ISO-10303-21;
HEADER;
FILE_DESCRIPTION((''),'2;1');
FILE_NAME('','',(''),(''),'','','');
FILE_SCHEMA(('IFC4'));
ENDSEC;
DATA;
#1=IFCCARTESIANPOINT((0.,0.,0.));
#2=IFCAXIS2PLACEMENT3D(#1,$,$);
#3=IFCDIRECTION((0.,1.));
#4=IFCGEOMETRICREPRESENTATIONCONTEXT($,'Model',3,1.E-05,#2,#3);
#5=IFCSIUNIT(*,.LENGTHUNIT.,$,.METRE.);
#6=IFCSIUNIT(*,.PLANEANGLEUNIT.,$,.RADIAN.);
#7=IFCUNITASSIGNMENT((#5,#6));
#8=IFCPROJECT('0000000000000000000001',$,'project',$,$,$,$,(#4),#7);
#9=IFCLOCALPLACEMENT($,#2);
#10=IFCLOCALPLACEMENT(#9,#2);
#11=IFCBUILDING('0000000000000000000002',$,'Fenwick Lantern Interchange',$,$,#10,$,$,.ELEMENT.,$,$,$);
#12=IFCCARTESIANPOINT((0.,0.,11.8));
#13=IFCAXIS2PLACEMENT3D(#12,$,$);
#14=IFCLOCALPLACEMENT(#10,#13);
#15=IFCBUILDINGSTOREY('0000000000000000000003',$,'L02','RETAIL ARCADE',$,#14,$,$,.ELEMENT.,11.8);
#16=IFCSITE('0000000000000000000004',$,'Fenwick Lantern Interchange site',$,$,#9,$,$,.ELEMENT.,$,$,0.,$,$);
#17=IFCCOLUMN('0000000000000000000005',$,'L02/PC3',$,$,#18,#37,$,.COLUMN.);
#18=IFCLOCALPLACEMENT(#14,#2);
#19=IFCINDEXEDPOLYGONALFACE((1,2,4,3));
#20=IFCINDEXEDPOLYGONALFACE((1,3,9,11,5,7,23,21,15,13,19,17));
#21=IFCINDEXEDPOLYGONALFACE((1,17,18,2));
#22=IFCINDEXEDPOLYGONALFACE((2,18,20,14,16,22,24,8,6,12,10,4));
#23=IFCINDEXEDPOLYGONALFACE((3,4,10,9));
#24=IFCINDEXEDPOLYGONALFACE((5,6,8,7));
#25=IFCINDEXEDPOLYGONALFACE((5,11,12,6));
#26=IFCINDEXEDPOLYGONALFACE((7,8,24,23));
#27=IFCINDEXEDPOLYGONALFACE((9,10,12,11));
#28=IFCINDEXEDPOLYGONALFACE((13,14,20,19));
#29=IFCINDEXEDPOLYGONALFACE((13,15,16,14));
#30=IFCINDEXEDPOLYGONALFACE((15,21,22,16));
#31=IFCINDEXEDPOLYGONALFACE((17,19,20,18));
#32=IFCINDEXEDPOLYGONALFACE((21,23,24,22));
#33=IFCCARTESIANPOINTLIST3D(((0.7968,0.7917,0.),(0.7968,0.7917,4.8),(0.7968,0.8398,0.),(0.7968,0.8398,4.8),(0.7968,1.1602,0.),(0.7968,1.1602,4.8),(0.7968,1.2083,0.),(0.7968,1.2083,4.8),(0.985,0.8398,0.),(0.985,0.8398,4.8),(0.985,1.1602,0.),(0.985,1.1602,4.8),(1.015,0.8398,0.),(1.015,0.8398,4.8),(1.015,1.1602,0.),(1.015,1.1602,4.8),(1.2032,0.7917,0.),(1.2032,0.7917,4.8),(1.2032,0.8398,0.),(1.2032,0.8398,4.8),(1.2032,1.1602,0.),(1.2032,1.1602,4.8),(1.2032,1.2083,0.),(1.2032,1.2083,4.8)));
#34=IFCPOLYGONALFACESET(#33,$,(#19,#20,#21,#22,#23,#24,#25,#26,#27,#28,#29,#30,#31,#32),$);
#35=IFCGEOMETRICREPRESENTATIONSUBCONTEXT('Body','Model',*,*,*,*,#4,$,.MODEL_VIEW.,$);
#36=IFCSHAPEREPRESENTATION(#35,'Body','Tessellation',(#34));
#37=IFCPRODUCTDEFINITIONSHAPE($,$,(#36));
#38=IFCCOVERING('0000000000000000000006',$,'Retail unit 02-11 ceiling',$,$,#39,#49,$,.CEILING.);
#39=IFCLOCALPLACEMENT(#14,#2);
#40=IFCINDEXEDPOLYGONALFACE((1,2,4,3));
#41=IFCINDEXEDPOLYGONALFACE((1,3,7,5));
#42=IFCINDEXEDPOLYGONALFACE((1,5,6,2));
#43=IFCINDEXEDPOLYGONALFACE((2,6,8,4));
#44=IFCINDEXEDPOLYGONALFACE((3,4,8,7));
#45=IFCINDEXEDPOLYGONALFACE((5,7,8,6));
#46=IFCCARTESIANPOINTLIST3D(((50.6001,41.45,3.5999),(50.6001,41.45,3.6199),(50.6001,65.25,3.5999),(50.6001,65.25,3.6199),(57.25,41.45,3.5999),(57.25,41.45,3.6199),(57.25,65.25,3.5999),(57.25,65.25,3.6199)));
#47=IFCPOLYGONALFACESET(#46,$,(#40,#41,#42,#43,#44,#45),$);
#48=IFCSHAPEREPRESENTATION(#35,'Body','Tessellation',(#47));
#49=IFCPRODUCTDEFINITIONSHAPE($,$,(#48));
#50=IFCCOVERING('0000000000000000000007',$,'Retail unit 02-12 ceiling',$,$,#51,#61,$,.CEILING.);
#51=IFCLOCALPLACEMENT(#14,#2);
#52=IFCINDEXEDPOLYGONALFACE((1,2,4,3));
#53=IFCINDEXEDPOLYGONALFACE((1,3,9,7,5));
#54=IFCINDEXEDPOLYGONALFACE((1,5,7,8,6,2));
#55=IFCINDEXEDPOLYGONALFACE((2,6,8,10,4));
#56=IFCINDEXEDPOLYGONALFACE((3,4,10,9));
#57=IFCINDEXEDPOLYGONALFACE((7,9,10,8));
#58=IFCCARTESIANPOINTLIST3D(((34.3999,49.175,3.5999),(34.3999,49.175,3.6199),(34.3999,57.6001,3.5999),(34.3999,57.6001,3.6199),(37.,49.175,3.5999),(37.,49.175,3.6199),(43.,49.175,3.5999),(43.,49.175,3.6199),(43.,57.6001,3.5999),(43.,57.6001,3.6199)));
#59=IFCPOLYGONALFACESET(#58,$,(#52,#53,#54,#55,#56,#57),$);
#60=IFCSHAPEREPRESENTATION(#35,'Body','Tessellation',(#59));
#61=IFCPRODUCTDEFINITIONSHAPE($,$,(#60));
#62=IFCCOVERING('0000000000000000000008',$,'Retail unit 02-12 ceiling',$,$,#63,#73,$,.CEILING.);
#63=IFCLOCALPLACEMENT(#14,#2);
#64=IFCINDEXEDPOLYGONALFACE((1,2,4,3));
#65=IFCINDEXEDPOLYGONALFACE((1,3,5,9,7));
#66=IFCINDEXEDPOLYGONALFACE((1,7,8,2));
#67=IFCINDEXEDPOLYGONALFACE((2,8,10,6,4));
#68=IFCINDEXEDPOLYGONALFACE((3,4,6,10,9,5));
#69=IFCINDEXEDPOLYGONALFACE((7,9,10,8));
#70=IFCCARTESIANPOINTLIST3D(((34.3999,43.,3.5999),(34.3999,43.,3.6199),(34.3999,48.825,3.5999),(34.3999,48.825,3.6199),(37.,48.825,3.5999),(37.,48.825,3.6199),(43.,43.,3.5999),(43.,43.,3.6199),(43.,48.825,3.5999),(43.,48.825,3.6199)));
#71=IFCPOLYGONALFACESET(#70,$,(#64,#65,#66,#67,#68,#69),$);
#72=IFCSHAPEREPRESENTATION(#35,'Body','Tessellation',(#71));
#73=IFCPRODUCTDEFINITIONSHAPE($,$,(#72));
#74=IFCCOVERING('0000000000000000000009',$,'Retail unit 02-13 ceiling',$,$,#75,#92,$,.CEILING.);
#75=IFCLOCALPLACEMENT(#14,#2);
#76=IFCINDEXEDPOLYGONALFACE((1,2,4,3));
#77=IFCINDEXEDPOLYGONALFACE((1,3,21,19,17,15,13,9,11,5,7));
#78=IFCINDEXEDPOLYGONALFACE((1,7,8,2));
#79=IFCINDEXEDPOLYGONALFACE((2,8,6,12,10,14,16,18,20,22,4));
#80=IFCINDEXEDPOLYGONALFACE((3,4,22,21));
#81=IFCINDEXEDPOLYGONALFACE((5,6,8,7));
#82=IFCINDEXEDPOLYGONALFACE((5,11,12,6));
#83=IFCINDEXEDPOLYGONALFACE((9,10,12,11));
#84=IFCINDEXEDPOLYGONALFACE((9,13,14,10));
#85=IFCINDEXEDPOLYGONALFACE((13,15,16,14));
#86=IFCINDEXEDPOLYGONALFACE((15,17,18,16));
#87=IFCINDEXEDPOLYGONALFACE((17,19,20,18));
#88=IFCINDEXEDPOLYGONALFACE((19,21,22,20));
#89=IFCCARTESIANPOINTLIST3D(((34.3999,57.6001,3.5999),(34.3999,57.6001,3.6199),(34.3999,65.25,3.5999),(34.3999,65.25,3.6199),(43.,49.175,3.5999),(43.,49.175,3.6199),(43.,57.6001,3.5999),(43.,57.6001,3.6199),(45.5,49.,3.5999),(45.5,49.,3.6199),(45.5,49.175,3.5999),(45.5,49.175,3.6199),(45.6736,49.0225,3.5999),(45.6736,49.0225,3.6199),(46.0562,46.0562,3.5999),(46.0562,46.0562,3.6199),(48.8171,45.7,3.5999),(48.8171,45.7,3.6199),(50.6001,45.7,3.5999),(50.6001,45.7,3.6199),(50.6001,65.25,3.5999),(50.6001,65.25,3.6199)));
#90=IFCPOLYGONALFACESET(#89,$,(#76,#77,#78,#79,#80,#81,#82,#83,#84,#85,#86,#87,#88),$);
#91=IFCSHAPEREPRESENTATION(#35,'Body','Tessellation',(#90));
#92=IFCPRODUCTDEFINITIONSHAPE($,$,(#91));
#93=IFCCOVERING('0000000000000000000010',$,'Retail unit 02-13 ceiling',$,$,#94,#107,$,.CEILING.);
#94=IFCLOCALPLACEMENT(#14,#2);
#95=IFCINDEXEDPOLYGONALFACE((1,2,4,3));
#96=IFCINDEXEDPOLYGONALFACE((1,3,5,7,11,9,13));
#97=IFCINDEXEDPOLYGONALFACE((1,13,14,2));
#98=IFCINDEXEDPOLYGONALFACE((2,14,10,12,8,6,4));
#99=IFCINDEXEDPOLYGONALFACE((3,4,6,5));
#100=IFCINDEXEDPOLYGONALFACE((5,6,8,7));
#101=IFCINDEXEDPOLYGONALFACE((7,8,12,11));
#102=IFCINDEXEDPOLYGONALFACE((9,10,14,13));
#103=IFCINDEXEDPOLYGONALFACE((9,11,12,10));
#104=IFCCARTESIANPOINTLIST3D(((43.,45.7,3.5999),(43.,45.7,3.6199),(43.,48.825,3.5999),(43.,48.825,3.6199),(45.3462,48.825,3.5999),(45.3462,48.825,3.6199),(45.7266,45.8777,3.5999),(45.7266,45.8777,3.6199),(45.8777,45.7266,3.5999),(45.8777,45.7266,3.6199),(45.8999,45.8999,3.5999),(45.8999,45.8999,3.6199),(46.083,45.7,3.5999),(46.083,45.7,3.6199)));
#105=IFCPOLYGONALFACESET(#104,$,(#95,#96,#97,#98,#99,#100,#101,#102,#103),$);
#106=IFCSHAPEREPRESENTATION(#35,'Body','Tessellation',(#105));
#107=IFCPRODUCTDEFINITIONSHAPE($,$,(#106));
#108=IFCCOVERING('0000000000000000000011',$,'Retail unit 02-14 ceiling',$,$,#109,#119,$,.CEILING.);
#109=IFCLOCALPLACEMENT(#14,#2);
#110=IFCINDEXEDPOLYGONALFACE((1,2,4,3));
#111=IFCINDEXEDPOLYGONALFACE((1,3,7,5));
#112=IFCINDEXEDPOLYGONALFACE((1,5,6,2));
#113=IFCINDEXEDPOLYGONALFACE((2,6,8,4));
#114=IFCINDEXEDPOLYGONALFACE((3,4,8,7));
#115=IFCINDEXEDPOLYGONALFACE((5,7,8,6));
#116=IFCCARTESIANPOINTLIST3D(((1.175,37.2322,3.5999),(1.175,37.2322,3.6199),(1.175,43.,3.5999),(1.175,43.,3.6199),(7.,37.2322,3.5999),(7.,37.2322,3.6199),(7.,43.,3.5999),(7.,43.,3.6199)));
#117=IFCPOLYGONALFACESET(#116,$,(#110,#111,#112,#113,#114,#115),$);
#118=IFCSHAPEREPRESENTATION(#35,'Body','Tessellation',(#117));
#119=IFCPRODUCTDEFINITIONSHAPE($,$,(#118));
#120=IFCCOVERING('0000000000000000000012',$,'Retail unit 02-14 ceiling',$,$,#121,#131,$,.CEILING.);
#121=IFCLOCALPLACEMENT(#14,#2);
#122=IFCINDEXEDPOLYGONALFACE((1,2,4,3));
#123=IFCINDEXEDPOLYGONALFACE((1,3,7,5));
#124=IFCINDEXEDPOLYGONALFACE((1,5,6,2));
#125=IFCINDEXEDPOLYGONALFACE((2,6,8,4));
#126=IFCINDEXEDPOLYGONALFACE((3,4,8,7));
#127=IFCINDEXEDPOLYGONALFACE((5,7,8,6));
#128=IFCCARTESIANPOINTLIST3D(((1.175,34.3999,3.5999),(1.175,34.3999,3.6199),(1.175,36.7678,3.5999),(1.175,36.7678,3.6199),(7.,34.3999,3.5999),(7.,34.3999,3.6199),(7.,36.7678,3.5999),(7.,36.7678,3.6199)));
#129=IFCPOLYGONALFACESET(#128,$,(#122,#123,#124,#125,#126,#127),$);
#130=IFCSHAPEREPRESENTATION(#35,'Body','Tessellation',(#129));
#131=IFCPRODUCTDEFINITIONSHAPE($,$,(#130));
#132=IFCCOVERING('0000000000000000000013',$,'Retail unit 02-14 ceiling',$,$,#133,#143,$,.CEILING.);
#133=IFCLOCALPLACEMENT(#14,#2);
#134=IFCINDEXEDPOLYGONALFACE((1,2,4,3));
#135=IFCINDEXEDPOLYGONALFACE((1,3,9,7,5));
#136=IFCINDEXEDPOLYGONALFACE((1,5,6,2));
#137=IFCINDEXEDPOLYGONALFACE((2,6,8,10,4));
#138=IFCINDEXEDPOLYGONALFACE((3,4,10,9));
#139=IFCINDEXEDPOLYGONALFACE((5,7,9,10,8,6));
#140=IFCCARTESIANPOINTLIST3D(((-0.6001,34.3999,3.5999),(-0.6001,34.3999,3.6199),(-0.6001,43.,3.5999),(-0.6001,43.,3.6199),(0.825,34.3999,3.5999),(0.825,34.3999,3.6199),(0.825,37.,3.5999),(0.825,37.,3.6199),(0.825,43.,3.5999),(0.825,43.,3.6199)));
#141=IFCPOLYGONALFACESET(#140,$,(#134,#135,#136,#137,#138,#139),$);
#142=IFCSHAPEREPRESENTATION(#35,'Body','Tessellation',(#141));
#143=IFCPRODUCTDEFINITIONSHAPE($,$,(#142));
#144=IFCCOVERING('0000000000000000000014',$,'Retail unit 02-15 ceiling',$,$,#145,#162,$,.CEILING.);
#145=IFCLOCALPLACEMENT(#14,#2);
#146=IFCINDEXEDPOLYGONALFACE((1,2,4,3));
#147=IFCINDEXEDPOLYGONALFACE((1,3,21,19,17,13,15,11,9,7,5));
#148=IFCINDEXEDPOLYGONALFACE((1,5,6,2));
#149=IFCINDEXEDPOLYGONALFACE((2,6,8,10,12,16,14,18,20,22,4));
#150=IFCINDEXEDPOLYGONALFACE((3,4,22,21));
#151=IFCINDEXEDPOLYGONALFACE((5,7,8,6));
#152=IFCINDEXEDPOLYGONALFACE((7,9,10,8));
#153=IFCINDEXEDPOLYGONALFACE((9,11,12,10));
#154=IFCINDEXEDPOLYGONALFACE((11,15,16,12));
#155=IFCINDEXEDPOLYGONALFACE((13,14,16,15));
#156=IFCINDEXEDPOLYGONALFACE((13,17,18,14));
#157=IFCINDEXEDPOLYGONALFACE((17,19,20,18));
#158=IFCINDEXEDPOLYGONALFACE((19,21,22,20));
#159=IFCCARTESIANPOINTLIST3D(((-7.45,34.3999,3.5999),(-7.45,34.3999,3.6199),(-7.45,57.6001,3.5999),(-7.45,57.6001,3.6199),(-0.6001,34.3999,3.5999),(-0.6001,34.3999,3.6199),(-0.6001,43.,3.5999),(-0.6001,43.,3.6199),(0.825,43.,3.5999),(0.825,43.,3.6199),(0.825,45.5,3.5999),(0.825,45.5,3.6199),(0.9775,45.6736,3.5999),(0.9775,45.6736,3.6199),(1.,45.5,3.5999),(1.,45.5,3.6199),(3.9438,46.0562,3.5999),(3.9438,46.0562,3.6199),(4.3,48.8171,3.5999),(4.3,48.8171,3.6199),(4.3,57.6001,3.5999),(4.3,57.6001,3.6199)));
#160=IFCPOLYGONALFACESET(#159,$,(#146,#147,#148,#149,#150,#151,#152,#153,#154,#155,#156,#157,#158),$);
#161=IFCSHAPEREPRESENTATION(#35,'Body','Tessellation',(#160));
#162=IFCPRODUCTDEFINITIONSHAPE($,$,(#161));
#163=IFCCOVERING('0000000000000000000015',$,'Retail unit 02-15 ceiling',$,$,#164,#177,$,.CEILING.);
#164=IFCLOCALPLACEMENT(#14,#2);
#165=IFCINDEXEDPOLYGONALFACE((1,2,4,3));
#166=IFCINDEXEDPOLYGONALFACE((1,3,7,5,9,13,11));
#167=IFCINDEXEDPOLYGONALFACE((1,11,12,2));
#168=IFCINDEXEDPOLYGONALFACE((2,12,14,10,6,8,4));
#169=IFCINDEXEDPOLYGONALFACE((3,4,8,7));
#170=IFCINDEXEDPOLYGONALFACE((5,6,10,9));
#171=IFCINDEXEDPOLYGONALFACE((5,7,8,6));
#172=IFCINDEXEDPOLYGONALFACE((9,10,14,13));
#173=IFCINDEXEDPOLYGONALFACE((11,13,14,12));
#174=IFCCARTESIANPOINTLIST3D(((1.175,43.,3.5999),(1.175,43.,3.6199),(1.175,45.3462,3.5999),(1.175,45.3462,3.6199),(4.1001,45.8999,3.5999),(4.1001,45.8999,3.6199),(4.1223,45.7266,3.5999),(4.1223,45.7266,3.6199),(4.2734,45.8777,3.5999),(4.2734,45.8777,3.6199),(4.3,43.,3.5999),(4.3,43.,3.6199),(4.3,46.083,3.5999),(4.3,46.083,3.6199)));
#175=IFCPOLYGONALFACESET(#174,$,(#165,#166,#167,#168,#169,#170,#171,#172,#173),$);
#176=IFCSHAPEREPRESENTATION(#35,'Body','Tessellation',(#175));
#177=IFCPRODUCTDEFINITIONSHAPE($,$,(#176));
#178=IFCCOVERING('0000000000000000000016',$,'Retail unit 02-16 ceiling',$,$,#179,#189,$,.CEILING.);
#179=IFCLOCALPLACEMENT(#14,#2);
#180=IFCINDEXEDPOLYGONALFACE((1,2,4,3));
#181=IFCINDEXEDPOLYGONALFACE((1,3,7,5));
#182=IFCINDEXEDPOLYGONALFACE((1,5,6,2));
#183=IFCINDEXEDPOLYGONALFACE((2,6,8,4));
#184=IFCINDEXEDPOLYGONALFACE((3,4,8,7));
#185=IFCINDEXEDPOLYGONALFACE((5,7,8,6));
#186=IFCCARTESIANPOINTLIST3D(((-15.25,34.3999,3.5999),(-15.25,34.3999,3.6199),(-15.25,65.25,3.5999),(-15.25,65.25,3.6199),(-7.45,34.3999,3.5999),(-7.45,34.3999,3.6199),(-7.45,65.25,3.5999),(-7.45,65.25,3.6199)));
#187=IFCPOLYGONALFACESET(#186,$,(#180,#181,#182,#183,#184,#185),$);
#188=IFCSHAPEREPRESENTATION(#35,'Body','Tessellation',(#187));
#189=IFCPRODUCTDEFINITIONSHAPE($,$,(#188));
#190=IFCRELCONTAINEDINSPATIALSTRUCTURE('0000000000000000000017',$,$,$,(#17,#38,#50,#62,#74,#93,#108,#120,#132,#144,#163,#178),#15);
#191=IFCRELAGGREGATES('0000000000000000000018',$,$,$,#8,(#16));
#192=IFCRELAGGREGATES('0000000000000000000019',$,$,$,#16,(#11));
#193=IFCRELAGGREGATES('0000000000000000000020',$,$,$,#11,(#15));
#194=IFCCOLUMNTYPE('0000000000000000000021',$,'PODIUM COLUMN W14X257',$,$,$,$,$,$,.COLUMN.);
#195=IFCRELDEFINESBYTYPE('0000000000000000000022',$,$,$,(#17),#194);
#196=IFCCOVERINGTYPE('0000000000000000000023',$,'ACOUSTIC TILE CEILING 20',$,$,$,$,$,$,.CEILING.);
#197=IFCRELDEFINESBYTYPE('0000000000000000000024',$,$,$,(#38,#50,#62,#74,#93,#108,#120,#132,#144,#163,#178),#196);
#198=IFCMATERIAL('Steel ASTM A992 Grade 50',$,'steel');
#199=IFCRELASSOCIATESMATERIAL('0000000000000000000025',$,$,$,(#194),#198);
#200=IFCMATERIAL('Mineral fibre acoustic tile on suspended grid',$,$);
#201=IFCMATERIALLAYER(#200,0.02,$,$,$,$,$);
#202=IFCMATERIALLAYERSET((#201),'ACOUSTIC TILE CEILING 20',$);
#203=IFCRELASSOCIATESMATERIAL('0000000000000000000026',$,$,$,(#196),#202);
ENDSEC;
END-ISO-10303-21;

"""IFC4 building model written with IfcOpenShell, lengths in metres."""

from ifc_helpers import new_model, si_unit, direction, frame, origin, origin_2d, place, context, subcontext, project, spatial, polyline, i_section, outline, extrude, material, layer, layer_set, material_profile, profile_set, type_object, element, save


model = new_model("IFC4")

# Units and contexts
model_context = context("Model", 3, precision=1e-05, world=origin(), true_north=direction((0.0, 1.0)))
body_context = subcontext(model_context, "Body", "Model", "MODEL_VIEW")
ifc_project = project(units=[si_unit("LENGTHUNIT", "METRE"), si_unit("PLANEANGLEUNIT", "RADIAN")], contexts=[model_context])

# Site, building, storey
site_placement = place(None, origin())
site = spatial("IfcSite", under=ifc_project, at=site_placement, Name="Fenwick Lantern Interchange site", CompositionType="ELEMENT", RefElevation=0.0)
building_placement = place(site_placement, origin())
building = spatial("IfcBuilding", under=site, at=building_placement, Name="Fenwick Lantern Interchange", CompositionType="ELEMENT")
storey_placement = place(building_placement, frame((0.0, 0.0, 11.8)))
storey = spatial("IfcBuildingStorey", under=building, at=storey_placement, Name="L02", Description="RETAIL ARCADE", CompositionType="ELEMENT", Elevation=11.8)

# Column
ifc_material_1 = material(Name="Steel ASTM A992 Grade 50", Category="steel")
ifc_material_profile = material_profile(ifc_material_1, i_section(OverallWidth=0.4065, OverallDepth=0.4165, WebThickness=0.03, FlangeThickness=0.0481, at=origin_2d()), Name="W14X257")
ifc_profile_set = profile_set([ifc_material_profile], Name="Steel ASTM A992 Grade 50")
column_type = type_object("IfcColumnType", Name="PODIUM COLUMN W14X257", PredefinedType="COLUMN", material=ifc_profile_set)
column_placement = place(storey_placement, frame((1.0, 1.0, 0.0), z_axis=(0.0, 0.0, 1.0), x_axis=(1.0, 0.0, 0.0)))
element("IfcColumn", 1, at=column_placement, inside=storey, type_object=column_type, Name="L02/PC3", PredefinedType="COLUMN", context=body_context, shape_type="SweptSolid", body=[
    extrude(i_section(OverallWidth=0.4065, OverallDepth=0.4165, WebThickness=0.03, FlangeThickness=0.0481, at=origin_2d()), origin(), (0.0, 0.0, 1.0), 4.8),
])

# Coverings
ifc_material_2 = material(Name="Mineral fibre acoustic tile on suspended grid")
ifc_layer = layer(ifc_material_2, 0.02)
ifc_layer_set = layer_set([ifc_layer], Name="ACOUSTIC TILE CEILING 20")
covering_type = type_object("IfcCoveringType", Name="ACOUSTIC TILE CEILING 20", PredefinedType="CEILING", material=ifc_layer_set)
covering_1_placement = place(storey_placement, frame((0.0, 0.0, 3.5999)))
element("IfcCovering", 2, at=covering_1_placement, inside=storey, type_object=covering_type, Name="Retail unit 02-11 ceiling", PredefinedType="CEILING", context=body_context, shape_type="SweptSolid", body=[
    extrude(outline(polyline([(57.25, 65.25), (50.6001, 65.25), (50.6001, 41.45), (57.25, 41.45), (57.25, 65.25)])), origin(), (0.0, 0.0, 1.0), 0.02),
])
covering_2_placement = place(storey_placement, frame((0.0, 0.0, 3.5999)))
element("IfcCovering", 3, at=covering_2_placement, inside=storey, type_object=covering_type, Name="Retail unit 02-12 ceiling", PredefinedType="CEILING", context=body_context, shape_type="SweptSolid", body=[
    extrude(outline(polyline([(34.3999, 57.6001), (34.3999, 49.175), (37.0, 49.175), (43.0, 49.175), (43.0, 57.6001), (34.3999, 57.6001)])), origin(), (0.0, 0.0, 1.0), 0.02),
])
covering_3_placement = place(storey_placement, frame((0.0, 0.0, 3.5999)))
element("IfcCovering", 4, at=covering_3_placement, inside=storey, type_object=covering_type, Name="Retail unit 02-12 ceiling", PredefinedType="CEILING", context=body_context, shape_type="SweptSolid", body=[
    extrude(outline(polyline([(34.3999, 48.825), (34.3999, 43.0), (43.0, 43.0), (43.0, 48.825), (37.0, 48.825), (34.3999, 48.825)])), origin(), (0.0, 0.0, 1.0), 0.02),
])
covering_4_placement = place(storey_placement, frame((0.0, 0.0, 3.5999)))
element("IfcCovering", 5, at=covering_4_placement, inside=storey, type_object=covering_type, Name="Retail unit 02-13 ceiling", PredefinedType="CEILING", context=body_context, shape_type="SweptSolid", body=[
    extrude(outline(polyline([(43.0, 57.6001), (43.0, 49.175), (45.5, 49.175), (45.5, 49.0), (45.6736, 49.0225), (46.0562, 46.0562), (48.8171, 45.7), (50.6001, 45.7), (50.6001, 65.25), (34.3999, 65.25), (34.3999, 57.6001), (43.0, 57.6001)])), origin(), (0.0, 0.0, 1.0), 0.02),
])
covering_5_placement = place(storey_placement, frame((0.0, 0.0, 3.5999)))
element("IfcCovering", 6, at=covering_5_placement, inside=storey, type_object=covering_type, Name="Retail unit 02-13 ceiling", PredefinedType="CEILING", context=body_context, shape_type="SweptSolid", body=[
    extrude(outline(polyline([(43.0, 48.825), (43.0, 45.7), (46.083, 45.7), (45.8777, 45.7266), (45.8999, 45.8999), (45.7266, 45.8777), (45.3462, 48.825), (43.0, 48.825)])), origin(), (0.0, 0.0, 1.0), 0.02),
])
covering_6_placement = place(storey_placement, frame((0.0, 0.0, 3.5999)))
element("IfcCovering", 7, at=covering_6_placement, inside=storey, type_object=covering_type, Name="Retail unit 02-14 ceiling", PredefinedType="CEILING", context=body_context, shape_type="SweptSolid", body=[
    extrude(outline(polyline([(7.0, 43.0), (1.175, 43.0), (1.175, 37.2322), (7.0, 37.2322), (7.0, 43.0)])), origin(), (0.0, 0.0, 1.0), 0.02),
])
covering_7_placement = place(storey_placement, frame((0.0, 0.0, 3.5999)))
element("IfcCovering", 8, at=covering_7_placement, inside=storey, type_object=covering_type, Name="Retail unit 02-14 ceiling", PredefinedType="CEILING", context=body_context, shape_type="SweptSolid", body=[
    extrude(outline(polyline([(7.0, 34.3999), (7.0, 36.7678), (1.175, 36.7678), (1.175, 34.3999), (7.0, 34.3999)])), origin(), (0.0, 0.0, 1.0), 0.02),
])
covering_8_placement = place(storey_placement, frame((0.0, 0.0, 3.5999)))
element("IfcCovering", 9, at=covering_8_placement, inside=storey, type_object=covering_type, Name="Retail unit 02-14 ceiling", PredefinedType="CEILING", context=body_context, shape_type="SweptSolid", body=[
    extrude(outline(polyline([(-0.6001, 43.0), (-0.6001, 34.3999), (0.825, 34.3999), (0.825, 37.0), (0.825, 43.0), (-0.6001, 43.0)])), origin(), (0.0, 0.0, 1.0), 0.02),
])
covering_9_placement = place(storey_placement, frame((0.0, 0.0, 3.5999)))
element("IfcCovering", 10, at=covering_9_placement, inside=storey, type_object=covering_type, Name="Retail unit 02-15 ceiling", PredefinedType="CEILING", context=body_context, shape_type="SweptSolid", body=[
    extrude(outline(polyline([(-7.45, 57.6001), (-7.45, 34.3999), (-0.6001, 34.3999), (-0.6001, 43.0), (0.825, 43.0), (0.825, 45.5), (1.0, 45.5), (0.9775, 45.6736), (3.9438, 46.0562), (4.3, 48.8171), (4.3, 57.6001), (-7.45, 57.6001)])), origin(), (0.0, 0.0, 1.0), 0.02),
])
covering_10_placement = place(storey_placement, frame((0.0, 0.0, 3.5999)))
element("IfcCovering", 11, at=covering_10_placement, inside=storey, type_object=covering_type, Name="Retail unit 02-15 ceiling", PredefinedType="CEILING", context=body_context, shape_type="SweptSolid", body=[
    extrude(outline(polyline([(4.3, 43.0), (4.3, 46.083), (4.2734, 45.8777), (4.1001, 45.8999), (4.1223, 45.7266), (1.175, 45.3462), (1.175, 43.0), (4.3, 43.0)])), origin(), (0.0, 0.0, 1.0), 0.02),
])
covering_11_placement = place(storey_placement, frame((0.0, 0.0, 3.5999)))
element("IfcCovering", 12, at=covering_11_placement, inside=storey, type_object=covering_type, Name="Retail unit 02-16 ceiling", PredefinedType="CEILING", context=body_context, shape_type="SweptSolid", body=[
    extrude(outline(polyline([(-7.45, 34.3999), (-7.45, 65.25), (-15.25, 65.25), (-15.25, 34.3999), (-7.45, 34.3999)])), origin(), (0.0, 0.0, 1.0), 0.02),
])

save(model, "model.ifc")
